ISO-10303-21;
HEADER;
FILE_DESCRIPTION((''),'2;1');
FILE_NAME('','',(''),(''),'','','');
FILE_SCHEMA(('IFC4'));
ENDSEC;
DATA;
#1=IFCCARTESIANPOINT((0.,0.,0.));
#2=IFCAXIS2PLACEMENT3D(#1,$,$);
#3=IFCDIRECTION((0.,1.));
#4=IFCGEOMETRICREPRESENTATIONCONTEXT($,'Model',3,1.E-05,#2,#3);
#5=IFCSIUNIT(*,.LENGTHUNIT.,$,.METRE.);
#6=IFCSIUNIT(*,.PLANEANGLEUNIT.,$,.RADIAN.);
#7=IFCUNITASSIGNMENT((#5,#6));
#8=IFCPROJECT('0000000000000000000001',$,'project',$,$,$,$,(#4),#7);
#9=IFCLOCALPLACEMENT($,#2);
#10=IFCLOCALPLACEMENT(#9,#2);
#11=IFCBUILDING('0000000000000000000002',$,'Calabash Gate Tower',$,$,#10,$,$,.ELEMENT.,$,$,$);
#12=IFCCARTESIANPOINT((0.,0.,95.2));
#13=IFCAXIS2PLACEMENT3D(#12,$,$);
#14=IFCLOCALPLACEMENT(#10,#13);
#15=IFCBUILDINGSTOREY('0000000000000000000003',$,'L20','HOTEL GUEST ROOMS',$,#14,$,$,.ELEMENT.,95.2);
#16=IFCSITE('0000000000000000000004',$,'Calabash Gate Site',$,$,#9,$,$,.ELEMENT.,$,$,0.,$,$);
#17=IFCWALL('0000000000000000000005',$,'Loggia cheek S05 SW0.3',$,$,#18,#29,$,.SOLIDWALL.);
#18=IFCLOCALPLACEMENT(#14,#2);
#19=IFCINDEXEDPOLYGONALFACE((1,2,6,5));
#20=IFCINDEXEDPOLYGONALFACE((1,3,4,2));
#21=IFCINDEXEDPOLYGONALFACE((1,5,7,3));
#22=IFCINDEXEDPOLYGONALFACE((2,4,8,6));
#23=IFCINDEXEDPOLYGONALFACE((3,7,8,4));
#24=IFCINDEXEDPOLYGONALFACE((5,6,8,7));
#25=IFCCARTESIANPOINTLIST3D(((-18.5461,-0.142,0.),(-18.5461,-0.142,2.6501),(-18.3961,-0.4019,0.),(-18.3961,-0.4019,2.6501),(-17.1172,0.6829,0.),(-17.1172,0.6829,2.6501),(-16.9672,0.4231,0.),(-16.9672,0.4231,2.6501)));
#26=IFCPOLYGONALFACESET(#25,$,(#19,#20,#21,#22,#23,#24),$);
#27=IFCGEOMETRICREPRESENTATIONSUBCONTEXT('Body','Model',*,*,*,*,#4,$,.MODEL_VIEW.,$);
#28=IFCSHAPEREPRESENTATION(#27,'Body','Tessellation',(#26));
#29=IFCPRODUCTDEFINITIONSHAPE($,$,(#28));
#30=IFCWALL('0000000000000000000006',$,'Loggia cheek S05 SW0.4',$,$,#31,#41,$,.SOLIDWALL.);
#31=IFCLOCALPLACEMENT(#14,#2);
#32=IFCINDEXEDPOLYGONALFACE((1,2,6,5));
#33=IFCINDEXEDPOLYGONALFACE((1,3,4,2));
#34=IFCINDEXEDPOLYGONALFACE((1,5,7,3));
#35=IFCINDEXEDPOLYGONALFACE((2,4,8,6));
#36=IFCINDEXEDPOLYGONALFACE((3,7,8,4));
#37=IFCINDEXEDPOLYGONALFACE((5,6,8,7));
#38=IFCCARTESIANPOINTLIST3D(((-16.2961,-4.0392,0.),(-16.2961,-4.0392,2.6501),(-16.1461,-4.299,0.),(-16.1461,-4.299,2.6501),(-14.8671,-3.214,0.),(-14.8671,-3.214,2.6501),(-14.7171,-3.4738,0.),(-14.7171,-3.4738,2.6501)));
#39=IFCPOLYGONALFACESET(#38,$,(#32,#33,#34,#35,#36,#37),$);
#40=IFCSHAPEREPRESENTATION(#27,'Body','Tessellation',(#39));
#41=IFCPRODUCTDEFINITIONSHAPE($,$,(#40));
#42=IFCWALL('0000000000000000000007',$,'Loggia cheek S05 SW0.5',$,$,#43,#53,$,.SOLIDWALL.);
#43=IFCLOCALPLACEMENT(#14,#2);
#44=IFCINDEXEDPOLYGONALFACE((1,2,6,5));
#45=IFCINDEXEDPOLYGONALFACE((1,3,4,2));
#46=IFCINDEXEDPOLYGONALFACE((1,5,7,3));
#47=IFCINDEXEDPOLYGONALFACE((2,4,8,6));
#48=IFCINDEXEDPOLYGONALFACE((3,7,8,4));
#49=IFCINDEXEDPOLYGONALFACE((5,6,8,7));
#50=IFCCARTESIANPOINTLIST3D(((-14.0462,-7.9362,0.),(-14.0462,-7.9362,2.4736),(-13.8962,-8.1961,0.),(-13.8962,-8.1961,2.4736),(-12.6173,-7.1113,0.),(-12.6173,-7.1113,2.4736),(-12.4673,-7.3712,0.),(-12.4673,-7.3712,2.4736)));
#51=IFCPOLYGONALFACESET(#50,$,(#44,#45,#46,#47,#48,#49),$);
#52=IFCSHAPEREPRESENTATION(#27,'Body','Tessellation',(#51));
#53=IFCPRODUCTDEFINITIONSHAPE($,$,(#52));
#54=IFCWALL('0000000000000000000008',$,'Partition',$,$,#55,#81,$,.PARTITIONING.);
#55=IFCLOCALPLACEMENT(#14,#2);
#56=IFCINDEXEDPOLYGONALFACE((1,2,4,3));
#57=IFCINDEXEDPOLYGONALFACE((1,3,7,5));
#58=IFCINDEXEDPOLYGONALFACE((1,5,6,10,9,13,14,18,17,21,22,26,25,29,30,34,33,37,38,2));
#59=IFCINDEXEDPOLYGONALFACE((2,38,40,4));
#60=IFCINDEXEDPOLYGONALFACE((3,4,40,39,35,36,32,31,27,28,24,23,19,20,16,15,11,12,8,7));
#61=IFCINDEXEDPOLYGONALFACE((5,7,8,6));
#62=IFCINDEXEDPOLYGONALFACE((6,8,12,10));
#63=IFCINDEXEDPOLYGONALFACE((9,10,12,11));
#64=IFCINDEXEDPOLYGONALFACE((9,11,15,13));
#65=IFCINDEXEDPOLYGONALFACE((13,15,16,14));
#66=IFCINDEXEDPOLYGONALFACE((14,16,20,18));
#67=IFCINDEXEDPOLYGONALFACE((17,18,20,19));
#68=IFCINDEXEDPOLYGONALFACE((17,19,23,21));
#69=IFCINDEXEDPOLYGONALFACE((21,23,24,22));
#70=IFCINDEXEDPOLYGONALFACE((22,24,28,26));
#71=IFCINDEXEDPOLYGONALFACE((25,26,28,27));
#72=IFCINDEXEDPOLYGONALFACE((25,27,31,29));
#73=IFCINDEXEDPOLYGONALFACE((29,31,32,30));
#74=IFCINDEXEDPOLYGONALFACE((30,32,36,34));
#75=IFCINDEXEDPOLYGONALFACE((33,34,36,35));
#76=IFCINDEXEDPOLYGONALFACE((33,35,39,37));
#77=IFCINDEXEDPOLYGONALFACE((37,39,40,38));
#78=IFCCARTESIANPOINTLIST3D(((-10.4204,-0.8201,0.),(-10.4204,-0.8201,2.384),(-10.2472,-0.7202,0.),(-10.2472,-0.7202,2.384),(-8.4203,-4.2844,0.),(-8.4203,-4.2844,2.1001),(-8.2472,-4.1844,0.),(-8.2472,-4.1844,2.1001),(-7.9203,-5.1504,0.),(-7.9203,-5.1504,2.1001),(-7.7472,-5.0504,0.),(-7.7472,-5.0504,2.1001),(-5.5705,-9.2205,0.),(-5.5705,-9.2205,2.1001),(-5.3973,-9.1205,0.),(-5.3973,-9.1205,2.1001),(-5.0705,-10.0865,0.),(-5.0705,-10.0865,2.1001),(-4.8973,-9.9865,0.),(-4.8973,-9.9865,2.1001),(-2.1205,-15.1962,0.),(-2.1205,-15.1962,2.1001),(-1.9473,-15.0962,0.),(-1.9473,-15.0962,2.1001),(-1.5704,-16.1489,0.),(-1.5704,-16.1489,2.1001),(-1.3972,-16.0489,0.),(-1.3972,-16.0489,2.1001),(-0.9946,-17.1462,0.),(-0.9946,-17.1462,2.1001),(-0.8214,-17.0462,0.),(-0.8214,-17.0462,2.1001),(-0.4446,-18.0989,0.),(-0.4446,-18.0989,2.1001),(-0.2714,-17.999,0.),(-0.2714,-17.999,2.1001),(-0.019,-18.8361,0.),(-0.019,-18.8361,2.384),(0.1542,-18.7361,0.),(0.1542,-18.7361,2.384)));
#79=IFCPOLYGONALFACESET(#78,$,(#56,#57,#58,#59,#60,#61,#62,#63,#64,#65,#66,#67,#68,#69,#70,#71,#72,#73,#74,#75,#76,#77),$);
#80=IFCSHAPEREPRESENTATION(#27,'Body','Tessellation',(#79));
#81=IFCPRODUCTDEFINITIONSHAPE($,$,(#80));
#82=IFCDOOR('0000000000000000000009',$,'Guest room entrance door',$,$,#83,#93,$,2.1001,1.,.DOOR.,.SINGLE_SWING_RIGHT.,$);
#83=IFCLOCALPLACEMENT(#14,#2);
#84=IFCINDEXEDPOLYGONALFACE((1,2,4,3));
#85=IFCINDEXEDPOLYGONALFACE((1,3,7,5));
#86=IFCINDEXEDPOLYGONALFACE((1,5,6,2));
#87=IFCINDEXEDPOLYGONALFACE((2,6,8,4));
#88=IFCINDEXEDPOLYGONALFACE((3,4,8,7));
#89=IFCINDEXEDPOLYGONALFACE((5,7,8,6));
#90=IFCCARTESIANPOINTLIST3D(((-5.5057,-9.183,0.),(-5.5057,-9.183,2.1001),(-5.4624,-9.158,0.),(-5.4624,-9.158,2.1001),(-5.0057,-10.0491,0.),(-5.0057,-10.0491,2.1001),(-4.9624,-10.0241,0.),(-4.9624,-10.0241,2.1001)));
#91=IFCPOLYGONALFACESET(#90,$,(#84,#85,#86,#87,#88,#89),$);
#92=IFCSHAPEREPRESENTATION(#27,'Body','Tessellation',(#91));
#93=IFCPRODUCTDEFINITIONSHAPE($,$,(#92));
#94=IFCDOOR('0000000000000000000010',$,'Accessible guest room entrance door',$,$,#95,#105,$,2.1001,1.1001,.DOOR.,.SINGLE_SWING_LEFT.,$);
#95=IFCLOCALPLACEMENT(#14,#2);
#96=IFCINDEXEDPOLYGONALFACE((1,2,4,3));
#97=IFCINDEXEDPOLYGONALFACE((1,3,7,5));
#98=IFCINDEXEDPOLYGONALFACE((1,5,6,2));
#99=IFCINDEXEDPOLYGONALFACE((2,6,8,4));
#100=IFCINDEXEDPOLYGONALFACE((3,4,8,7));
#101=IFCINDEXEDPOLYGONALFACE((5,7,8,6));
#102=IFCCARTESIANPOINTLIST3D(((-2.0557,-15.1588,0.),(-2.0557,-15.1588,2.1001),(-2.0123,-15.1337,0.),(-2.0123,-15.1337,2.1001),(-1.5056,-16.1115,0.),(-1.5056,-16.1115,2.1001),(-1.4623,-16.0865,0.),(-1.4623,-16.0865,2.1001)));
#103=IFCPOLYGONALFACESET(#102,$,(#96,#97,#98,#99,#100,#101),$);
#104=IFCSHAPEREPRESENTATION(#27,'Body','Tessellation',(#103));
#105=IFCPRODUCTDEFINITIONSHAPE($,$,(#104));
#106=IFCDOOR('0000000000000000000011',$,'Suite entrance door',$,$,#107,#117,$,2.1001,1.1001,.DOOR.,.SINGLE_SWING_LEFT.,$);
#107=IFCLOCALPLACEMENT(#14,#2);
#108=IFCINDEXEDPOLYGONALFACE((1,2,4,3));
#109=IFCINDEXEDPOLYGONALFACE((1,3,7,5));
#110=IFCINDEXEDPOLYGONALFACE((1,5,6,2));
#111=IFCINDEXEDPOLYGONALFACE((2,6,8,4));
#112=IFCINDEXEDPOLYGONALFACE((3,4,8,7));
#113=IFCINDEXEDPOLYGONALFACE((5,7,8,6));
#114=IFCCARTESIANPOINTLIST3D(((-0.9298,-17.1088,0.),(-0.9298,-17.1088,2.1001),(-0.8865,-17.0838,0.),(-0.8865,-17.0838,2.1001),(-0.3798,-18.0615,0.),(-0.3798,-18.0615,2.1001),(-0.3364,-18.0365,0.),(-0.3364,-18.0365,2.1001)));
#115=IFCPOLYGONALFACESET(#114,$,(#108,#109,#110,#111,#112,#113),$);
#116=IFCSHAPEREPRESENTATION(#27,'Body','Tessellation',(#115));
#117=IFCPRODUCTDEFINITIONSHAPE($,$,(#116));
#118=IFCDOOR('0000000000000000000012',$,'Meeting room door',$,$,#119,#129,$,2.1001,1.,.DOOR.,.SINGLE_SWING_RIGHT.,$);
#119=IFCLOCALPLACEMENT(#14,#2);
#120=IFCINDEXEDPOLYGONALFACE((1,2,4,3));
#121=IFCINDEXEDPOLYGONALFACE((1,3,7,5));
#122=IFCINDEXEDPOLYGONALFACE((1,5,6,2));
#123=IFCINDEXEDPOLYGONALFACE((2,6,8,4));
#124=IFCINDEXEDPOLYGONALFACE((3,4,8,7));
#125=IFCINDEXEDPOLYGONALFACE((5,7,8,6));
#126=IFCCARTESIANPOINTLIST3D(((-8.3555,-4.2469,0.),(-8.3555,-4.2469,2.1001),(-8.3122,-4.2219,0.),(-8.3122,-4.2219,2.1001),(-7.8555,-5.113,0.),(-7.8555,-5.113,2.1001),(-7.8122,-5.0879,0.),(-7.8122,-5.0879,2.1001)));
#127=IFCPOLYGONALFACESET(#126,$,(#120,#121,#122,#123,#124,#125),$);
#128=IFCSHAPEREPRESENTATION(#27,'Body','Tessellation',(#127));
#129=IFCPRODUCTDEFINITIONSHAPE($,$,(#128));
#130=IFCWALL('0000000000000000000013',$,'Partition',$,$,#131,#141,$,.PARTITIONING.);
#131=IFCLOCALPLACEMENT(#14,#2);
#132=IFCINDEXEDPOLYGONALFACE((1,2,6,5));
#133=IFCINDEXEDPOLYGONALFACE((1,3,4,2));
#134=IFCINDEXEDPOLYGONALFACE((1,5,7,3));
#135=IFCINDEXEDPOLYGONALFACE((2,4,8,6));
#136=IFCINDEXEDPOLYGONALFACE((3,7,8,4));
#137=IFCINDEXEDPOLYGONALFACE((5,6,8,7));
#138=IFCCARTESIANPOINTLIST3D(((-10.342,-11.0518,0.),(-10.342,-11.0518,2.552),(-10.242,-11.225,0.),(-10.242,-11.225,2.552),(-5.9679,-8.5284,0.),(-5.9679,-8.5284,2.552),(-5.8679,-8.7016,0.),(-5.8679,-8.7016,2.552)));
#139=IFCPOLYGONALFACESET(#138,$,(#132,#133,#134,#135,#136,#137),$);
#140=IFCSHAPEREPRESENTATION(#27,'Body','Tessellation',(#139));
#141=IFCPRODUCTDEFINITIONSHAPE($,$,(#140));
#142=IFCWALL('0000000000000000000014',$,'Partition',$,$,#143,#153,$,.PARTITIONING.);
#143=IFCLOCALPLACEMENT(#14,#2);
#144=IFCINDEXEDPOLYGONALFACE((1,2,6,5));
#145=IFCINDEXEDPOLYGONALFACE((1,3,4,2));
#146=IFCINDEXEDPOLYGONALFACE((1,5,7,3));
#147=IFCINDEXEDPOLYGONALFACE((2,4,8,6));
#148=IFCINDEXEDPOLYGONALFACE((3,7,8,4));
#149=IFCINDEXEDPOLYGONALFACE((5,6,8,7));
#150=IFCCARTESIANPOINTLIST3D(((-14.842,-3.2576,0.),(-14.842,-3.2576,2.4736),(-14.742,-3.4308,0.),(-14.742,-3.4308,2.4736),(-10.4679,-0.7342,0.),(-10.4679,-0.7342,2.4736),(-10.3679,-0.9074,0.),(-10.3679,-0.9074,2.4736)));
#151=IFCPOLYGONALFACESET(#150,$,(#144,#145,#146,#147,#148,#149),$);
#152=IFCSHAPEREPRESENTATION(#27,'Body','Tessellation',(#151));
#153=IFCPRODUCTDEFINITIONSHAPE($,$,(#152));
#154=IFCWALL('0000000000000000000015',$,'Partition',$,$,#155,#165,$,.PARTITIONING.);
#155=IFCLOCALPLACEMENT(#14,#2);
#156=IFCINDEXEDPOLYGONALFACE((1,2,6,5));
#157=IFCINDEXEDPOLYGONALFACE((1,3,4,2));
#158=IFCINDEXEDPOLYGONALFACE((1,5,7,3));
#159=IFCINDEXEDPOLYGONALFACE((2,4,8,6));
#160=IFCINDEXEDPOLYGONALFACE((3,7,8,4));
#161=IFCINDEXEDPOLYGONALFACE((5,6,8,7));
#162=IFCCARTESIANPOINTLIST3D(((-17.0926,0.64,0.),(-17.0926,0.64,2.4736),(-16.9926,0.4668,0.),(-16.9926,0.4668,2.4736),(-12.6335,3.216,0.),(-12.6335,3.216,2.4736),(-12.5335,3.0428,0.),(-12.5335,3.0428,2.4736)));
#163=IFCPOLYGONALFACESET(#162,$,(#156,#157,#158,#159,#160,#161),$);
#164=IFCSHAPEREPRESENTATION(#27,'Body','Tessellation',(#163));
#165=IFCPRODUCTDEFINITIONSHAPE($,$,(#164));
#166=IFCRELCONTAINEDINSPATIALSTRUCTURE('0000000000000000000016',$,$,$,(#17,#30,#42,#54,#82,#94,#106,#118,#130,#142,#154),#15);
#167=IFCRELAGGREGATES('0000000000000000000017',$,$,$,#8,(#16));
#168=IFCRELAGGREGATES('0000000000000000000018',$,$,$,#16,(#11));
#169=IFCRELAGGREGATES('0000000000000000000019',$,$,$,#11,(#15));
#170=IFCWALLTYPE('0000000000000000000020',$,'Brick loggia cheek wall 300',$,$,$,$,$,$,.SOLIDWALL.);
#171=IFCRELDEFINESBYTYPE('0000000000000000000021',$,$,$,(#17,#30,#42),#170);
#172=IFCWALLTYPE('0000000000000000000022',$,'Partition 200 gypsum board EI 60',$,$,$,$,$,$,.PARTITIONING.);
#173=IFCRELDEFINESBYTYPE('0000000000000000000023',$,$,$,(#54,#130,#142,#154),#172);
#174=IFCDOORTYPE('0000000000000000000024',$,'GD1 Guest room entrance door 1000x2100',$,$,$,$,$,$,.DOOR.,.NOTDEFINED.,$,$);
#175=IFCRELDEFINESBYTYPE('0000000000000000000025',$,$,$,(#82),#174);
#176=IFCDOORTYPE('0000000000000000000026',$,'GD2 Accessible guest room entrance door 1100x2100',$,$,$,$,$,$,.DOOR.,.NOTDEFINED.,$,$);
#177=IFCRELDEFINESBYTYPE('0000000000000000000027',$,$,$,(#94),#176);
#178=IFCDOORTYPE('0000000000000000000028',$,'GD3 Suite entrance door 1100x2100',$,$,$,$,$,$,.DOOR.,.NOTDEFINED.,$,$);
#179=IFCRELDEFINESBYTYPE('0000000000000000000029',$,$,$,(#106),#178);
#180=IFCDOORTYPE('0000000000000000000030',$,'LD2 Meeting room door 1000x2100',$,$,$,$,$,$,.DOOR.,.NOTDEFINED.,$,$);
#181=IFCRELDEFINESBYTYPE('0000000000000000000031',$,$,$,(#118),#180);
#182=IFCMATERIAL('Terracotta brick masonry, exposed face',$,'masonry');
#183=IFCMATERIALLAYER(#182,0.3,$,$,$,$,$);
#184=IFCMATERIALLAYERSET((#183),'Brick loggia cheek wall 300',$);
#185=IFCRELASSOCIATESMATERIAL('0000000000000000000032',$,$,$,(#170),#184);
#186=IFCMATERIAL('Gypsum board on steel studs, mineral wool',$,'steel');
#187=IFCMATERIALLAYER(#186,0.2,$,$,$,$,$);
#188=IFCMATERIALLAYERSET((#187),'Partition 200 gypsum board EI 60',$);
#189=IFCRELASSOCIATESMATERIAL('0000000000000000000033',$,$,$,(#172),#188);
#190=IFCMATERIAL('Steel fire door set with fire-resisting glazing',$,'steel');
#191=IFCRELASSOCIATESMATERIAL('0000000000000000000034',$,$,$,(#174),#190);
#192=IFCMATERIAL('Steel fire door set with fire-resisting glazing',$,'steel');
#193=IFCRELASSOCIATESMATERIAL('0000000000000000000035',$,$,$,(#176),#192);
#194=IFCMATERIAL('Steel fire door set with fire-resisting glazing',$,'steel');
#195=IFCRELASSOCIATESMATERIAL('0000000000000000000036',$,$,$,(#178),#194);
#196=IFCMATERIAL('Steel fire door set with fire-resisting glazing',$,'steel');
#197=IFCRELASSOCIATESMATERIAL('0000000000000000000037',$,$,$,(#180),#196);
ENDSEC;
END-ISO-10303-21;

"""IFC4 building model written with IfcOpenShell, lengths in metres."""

from ifc_helpers import new_model, si_unit, direction, frame, frame_2d, origin, place, context, subcontext, project, spatial, rectangle, extrude, material, layer, layer_set, type_object, element, fill, save


model = new_model("IFC4")

# Units and contexts
model_context = context("Model", 3, precision=1e-05, world=origin(), true_north=direction((0.0, 1.0)))
body_context = subcontext(model_context, "Body", "Model", "MODEL_VIEW")
ifc_project = project(units=[si_unit("LENGTHUNIT", "METRE"), si_unit("PLANEANGLEUNIT", "RADIAN")], contexts=[model_context])

# Site, building, storey
site_placement = place(None, origin())
site = spatial("IfcSite", under=ifc_project, at=site_placement, Name="Calabash Gate Site", CompositionType="ELEMENT", RefElevation=0.0)
building_placement = place(site_placement, origin())
building = spatial("IfcBuilding", under=site, at=building_placement, Name="Calabash Gate Tower", CompositionType="ELEMENT")
storey_placement = place(building_placement, frame((0.0, 0.0, 95.2)))
storey = spatial("IfcBuildingStorey", under=building, at=storey_placement, Name="L20", Description="HOTEL GUEST ROOMS", CompositionType="ELEMENT", Elevation=95.2)

# Walls
ifc_material_1 = material(Name="Terracotta brick masonry, exposed face", Category="masonry")
ifc_layer_1 = layer(ifc_material_1, 0.3)
ifc_layer_set_1 = layer_set([ifc_layer_1], Name="Brick loggia cheek wall 300")
wall_type_1 = type_object("IfcWallType", Name="Brick loggia cheek wall 300", PredefinedType="SOLIDWALL", material=ifc_layer_set_1)
wall_1_placement = place(storey_placement, frame((-17.0422, 0.553, 0.0), z_axis=(0.0, 0.0, 1.0), x_axis=(-0.86604, -0.499974, 0.0)))
element("IfcWall", 1, at=wall_1_placement, inside=storey, type_object=wall_type_1, Name="Loggia cheek S05 SW0.3", PredefinedType="SOLIDWALL", context=body_context, shape_type="SweptSolid", body=[
    extrude(rectangle(XDim=1.6499, YDim=0.3, at=frame_2d((0.825, 0.0))), origin(), (0.0, 0.0, 1.0), 2.6501),
])
wall_2_placement = place(storey_placement, frame((-16.2212, -4.1692, 0.0), z_axis=(0.0, 0.0, 1.0), x_axis=(0.865976, 0.500085, 0.0)))
element("IfcWall", 2, at=wall_2_placement, inside=storey, type_object=wall_type_1, Name="Loggia cheek S05 SW0.4", PredefinedType="SOLIDWALL", context=body_context, shape_type="SweptSolid", body=[
    extrude(rectangle(XDim=1.6501, YDim=0.3, at=frame_2d((0.8252, 0.0))), origin(), (0.0, 0.0, 1.0), 2.6501),
])
wall_3_placement = place(storey_placement, frame((-13.9712, -8.0662, 0.0), z_axis=(0.0, 0.0, 1.0), x_axis=(0.86604, 0.499974, 0.0)))
element("IfcWall", 3, at=wall_3_placement, inside=storey, type_object=wall_type_1, Name="Loggia cheek S05 SW0.5", PredefinedType="SOLIDWALL", context=body_context, shape_type="SweptSolid", body=[
    extrude(rectangle(XDim=1.6499, YDim=0.3, at=frame_2d((0.825, 0.0))), origin(), (0.0, 0.0, 1.0), 2.4736),
])

# Wall, openings, doors
ifc_material_2 = material(Name="Gypsum board on steel studs, mineral wool", Category="steel")
ifc_layer_2 = layer(ifc_material_2, 0.2)
ifc_layer_set_2 = layer_set([ifc_layer_2], Name="Partition 200 gypsum board EI 60")
wall_type_2 = type_object("IfcWallType", Name="Partition 200 gypsum board EI 60", PredefinedType="PARTITIONING", material=ifc_layer_set_2)
wall_4_placement = place(storey_placement, frame((-10.3337, -0.7703, 0.0), z_axis=(0.0, 0.0, 1.0), x_axis=(0.499996, -0.866027, 0.0)))
wall_4 = element("IfcWall", 4, at=wall_4_placement, inside=storey, type_object=wall_type_2, Name="Partition", PredefinedType="PARTITIONING", context=body_context, shape_type="SweptSolid", body=[
    extrude(rectangle(XDim=20.803, YDim=0.2, at=frame_2d((10.4014, 0.0))), origin(), (0.0, 0.0, 1.0), 2.384),
])
opening_1_placement = place(wall_4_placement, frame((4.0, 0.0, 0.0)))
opening_1 = element("IfcOpeningElement", 5, at=opening_1_placement, cuts=wall_4, PredefinedType="OPENING", context=body_context, shape_type="SweptSolid", body=[
    extrude(rectangle(XDim=1.0, YDim=2.1001, at=frame_2d((0.5, 1.05))), frame((0.0, 0.1099, 0.0), z_axis=(0.0, -1.0, 0.0), x_axis=(1.0, 0.0, 0.0)), (0.0, 0.0, 1.0), 0.22),
])
opening_2_placement = place(wall_4_placement, frame((9.6997, 0.0, 0.0)))
opening_2 = element("IfcOpeningElement", 6, at=opening_2_placement, cuts=wall_4, PredefinedType="OPENING", context=body_context, shape_type="SweptSolid", body=[
    extrude(rectangle(XDim=1.0, YDim=2.1001, at=frame_2d((0.5, 1.05))), frame((0.0, 0.1099, 0.0), z_axis=(0.0, -1.0, 0.0), x_axis=(1.0, 0.0, 0.0)), (0.0, 0.0, 1.0), 0.22),
])
opening_3_placement = place(wall_4_placement, frame((16.5999, 0.0, 0.0)))
opening_3 = element("IfcOpeningElement", 7, at=opening_3_placement, cuts=wall_4, PredefinedType="OPENING", context=body_context, shape_type="SweptSolid", body=[
    extrude(rectangle(XDim=1.1001, YDim=2.1001, at=frame_2d((0.55, 1.05))), frame((0.0, 0.1099, 0.0), z_axis=(0.0, -1.0, 0.0), x_axis=(1.0, 0.0, 0.0)), (0.0, 0.0, 1.0), 0.22),
])
opening_4_placement = place(wall_4_placement, frame((18.8516, 0.0, 0.0)))
opening_4 = element("IfcOpeningElement", 8, at=opening_4_placement, cuts=wall_4, PredefinedType="OPENING", context=body_context, shape_type="SweptSolid", body=[
    extrude(rectangle(XDim=1.1001, YDim=2.1001, at=frame_2d((0.55, 1.05))), frame((0.0, 0.1099, 0.0), z_axis=(0.0, -1.0, 0.0), x_axis=(1.0, 0.0, 0.0)), (0.0, 0.0, 1.0), 0.22),
])
ifc_material_3 = material(Name="Steel fire door set with fire-resisting glazing", Category="steel")
door_type_1 = type_object("IfcDoorType", Name="GD1 Guest room entrance door 1000x2100", OperationType="NOTDEFINED", PredefinedType="DOOR", material=ifc_material_3)
door_1_placement = place(opening_2_placement, origin())
door_1 = element("IfcDoor", 9, at=door_1_placement, inside=storey, type_object=door_type_1, Name="Guest room entrance door", OperationType="SINGLE_SWING_RIGHT", OverallHeight=2.1001, OverallWidth=1.0, PredefinedType="DOOR", context=body_context, shape_type="SweptSolid", body=[
    extrude(rectangle(XDim=1.0, YDim=2.1001, at=frame_2d((0.5, 1.05))), frame((0.0, 0.0249, 0.0), z_axis=(0.0, -1.0, 0.0), x_axis=(1.0, 0.0, 0.0)), (0.0, 0.0, 1.0), 0.05),
])
fill(opening_2, door_1)
ifc_material_4 = material(Name="Steel fire door set with fire-resisting glazing", Category="steel")
door_type_2 = type_object("IfcDoorType", Name="GD2 Accessible guest room entrance door 1100x2100", OperationType="NOTDEFINED", PredefinedType="DOOR", material=ifc_material_4)
door_2_placement = place(opening_3_placement, origin())
door_2 = element("IfcDoor", 10, at=door_2_placement, inside=storey, type_object=door_type_2, Name="Accessible guest room entrance door", OperationType="SINGLE_SWING_LEFT", OverallHeight=2.1001, OverallWidth=1.1001, PredefinedType="DOOR", context=body_context, shape_type="SweptSolid", body=[
    extrude(rectangle(XDim=1.1001, YDim=2.1001, at=frame_2d((0.55, 1.05))), frame((0.0, 0.0249, 0.0), z_axis=(0.0, -1.0, 0.0), x_axis=(1.0, 0.0, 0.0)), (0.0, 0.0, 1.0), 0.05),
])
fill(opening_3, door_2)
ifc_material_5 = material(Name="Steel fire door set with fire-resisting glazing", Category="steel")
door_type_3 = type_object("IfcDoorType", Name="GD3 Suite entrance door 1100x2100", OperationType="NOTDEFINED", PredefinedType="DOOR", material=ifc_material_5)
door_3_placement = place(opening_4_placement, origin())
door_3 = element("IfcDoor", 11, at=door_3_placement, inside=storey, type_object=door_type_3, Name="Suite entrance door", OperationType="SINGLE_SWING_LEFT", OverallHeight=2.1001, OverallWidth=1.1001, PredefinedType="DOOR", context=body_context, shape_type="SweptSolid", body=[
    extrude(rectangle(XDim=1.1001, YDim=2.1001, at=frame_2d((0.55, 1.05))), frame((0.0, 0.0249, 0.0), z_axis=(0.0, -1.0, 0.0), x_axis=(1.0, 0.0, 0.0)), (0.0, 0.0, 1.0), 0.05),
])
fill(opening_4, door_3)
ifc_material_6 = material(Name="Steel fire door set with fire-resisting glazing", Category="steel")
door_type_4 = type_object("IfcDoorType", Name="LD2 Meeting room door 1000x2100", OperationType="NOTDEFINED", PredefinedType="DOOR", material=ifc_material_6)
door_4_placement = place(opening_1_placement, origin())
door_4 = element("IfcDoor", 12, at=door_4_placement, inside=storey, type_object=door_type_4, Name="Meeting room door", OperationType="SINGLE_SWING_RIGHT", OverallHeight=2.1001, OverallWidth=1.0, PredefinedType="DOOR", context=body_context, shape_type="SweptSolid", body=[
    extrude(rectangle(XDim=1.0, YDim=2.1001, at=frame_2d((0.5, 1.05))), frame((0.0, 0.0249, 0.0), z_axis=(0.0, -1.0, 0.0), x_axis=(1.0, 0.0, 0.0)), (0.0, 0.0, 1.0), 0.05),
])
fill(opening_1, door_4)

# Walls
wall_5_placement = place(storey_placement, frame((-10.292, -11.1384, 0.0), z_axis=(0.0, 0.0, 1.0), x_axis=(0.866189, 0.499717, 0.0)))
element("IfcWall", 13, at=wall_5_placement, inside=storey, type_object=wall_type_2, Name="Partition", PredefinedType="PARTITIONING", context=body_context, shape_type="SweptSolid", body=[
    extrude(rectangle(XDim=5.0498, YDim=0.2, at=frame_2d((2.5249, 0.0))), origin(), (0.0, 0.0, 1.0), 2.552),
])
wall_6_placement = place(storey_placement, frame((-14.792, -3.3442, 0.0), z_axis=(0.0, 0.0, 1.0), x_axis=(0.866189, 0.499717, 0.0)))
element("IfcWall", 14, at=wall_6_placement, inside=storey, type_object=wall_type_2, Name="Partition", PredefinedType="PARTITIONING", context=body_context, shape_type="SweptSolid", body=[
    extrude(rectangle(XDim=5.0498, YDim=0.2, at=frame_2d((2.5249, 0.0))), origin(), (0.0, 0.0, 1.0), 2.4736),
])
wall_7_placement = place(storey_placement, frame((-17.0425, 0.5535, 0.0), z_axis=(0.0, 0.0, 1.0), x_axis=(0.865897, 0.500223, 0.0)))
element("IfcWall", 15, at=wall_7_placement, inside=storey, type_object=wall_type_2, Name="Partition", PredefinedType="PARTITIONING", context=body_context, shape_type="SweptSolid", body=[
    extrude(rectangle(XDim=5.1497, YDim=0.2, at=frame_2d((2.5747, 0.0))), origin(), (0.0, 0.0, 1.0), 2.4736),
])

save(model, "model.ifc")
